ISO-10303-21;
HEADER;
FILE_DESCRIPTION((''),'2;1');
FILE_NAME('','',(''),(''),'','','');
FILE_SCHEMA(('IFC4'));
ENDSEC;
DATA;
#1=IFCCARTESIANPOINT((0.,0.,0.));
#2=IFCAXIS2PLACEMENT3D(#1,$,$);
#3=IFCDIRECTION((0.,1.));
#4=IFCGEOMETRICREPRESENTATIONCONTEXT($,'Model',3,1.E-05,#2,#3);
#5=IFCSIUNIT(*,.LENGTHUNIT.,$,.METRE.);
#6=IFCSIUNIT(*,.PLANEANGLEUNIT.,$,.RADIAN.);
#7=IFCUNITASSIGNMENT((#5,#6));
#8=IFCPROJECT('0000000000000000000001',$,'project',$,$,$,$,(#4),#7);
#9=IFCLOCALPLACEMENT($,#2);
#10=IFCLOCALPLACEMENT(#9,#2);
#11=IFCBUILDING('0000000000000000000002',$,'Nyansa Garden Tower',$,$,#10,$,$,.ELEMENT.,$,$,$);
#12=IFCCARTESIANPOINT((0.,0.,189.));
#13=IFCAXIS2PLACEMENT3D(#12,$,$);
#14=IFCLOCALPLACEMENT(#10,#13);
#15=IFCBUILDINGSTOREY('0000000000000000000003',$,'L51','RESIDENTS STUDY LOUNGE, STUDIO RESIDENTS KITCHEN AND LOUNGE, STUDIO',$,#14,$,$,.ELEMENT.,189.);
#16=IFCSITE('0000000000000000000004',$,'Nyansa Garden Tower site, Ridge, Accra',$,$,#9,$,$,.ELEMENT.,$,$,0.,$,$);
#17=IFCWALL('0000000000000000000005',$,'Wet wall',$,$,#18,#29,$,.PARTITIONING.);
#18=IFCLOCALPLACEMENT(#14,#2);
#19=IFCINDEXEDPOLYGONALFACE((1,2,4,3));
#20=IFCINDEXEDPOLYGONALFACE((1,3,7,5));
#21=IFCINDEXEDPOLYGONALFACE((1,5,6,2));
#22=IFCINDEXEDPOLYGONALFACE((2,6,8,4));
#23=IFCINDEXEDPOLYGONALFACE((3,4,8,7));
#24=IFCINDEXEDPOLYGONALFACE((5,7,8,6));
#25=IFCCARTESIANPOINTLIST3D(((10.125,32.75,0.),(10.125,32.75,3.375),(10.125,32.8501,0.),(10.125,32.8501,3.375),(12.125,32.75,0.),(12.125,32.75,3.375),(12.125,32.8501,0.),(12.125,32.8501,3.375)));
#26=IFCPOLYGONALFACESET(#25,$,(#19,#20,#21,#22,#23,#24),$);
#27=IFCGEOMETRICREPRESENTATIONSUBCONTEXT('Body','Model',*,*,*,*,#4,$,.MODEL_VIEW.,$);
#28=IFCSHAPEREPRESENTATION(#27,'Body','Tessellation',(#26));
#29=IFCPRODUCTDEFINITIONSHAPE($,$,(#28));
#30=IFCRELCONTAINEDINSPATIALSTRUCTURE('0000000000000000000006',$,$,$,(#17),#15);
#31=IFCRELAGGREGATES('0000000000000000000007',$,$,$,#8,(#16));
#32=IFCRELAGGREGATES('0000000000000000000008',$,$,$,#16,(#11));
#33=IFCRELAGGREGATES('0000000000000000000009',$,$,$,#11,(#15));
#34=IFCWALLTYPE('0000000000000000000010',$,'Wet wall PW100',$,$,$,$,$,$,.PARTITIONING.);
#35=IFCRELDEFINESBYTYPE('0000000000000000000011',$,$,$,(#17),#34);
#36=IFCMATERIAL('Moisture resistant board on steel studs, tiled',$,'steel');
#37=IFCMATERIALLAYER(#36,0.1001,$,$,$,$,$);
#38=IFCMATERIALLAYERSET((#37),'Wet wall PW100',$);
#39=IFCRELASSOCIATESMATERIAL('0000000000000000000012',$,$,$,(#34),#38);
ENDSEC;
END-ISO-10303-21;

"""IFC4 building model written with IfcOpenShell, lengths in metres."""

from ifc_helpers import new_model, si_unit, direction, frame, frame_2d, origin, place, context, subcontext, project, spatial, rectangle, extrude, material, layer, layer_set, type_object, element, save


model = new_model("IFC4")

# Units and contexts
model_context = context("Model", 3, precision=1e-05, world=origin(), true_north=direction((0.0, 1.0)))
body_context = subcontext(model_context, "Body", "Model", "MODEL_VIEW")
ifc_project = project(units=[si_unit("LENGTHUNIT", "METRE"), si_unit("PLANEANGLEUNIT", "RADIAN")], contexts=[model_context])

# Site, building, storey
site_placement = place(None, origin())
site = spatial("IfcSite", under=ifc_project, at=site_placement, Name="Nyansa Garden Tower site, Ridge, Accra", CompositionType="ELEMENT", RefElevation=0.0)
building_placement = place(site_placement, origin())
building = spatial("IfcBuilding", under=site, at=building_placement, Name="Nyansa Garden Tower", CompositionType="ELEMENT")
storey_placement = place(building_placement, frame((0.0, 0.0, 189.0)))
storey = spatial("IfcBuildingStorey", under=building, at=storey_placement, Name="L51", Description="RESIDENTS STUDY LOUNGE, STUDIO RESIDENTS KITCHEN AND LOUNGE, STUDIO", CompositionType="ELEMENT", Elevation=189.0)

# Shared definitions
ifc_material_1 = material(Name="Moisture resistant board on steel studs, tiled", Category="steel")
ifc_layer_1 = layer(ifc_material_1, 0.1001)
ifc_layer_set_1 = layer_set([ifc_layer_1], Name="Wet wall PW100")
wall_type_1 = type_object("IfcWallType", Name="Wet wall PW100", PredefinedType="PARTITIONING", material=ifc_layer_set_1)

# Wall
wall_1_placement = place(storey_placement, frame((10.125, 32.8, 0.0), z_axis=(0.0, 0.0, 1.0), x_axis=(1.0, 0.0, 0.0)))
element("IfcWall", 1, at=wall_1_placement, inside=storey, type_object=wall_type_1, Name="Wet wall", PredefinedType="PARTITIONING", context=body_context, shape_type="SweptSolid", body=[
    extrude(rectangle(XDim=2.0, YDim=0.1001, at=frame_2d((1.0, 0.0))), origin(), (0.0, 0.0, 1.0), 3.375),
])

save(model, "model.ifc")
